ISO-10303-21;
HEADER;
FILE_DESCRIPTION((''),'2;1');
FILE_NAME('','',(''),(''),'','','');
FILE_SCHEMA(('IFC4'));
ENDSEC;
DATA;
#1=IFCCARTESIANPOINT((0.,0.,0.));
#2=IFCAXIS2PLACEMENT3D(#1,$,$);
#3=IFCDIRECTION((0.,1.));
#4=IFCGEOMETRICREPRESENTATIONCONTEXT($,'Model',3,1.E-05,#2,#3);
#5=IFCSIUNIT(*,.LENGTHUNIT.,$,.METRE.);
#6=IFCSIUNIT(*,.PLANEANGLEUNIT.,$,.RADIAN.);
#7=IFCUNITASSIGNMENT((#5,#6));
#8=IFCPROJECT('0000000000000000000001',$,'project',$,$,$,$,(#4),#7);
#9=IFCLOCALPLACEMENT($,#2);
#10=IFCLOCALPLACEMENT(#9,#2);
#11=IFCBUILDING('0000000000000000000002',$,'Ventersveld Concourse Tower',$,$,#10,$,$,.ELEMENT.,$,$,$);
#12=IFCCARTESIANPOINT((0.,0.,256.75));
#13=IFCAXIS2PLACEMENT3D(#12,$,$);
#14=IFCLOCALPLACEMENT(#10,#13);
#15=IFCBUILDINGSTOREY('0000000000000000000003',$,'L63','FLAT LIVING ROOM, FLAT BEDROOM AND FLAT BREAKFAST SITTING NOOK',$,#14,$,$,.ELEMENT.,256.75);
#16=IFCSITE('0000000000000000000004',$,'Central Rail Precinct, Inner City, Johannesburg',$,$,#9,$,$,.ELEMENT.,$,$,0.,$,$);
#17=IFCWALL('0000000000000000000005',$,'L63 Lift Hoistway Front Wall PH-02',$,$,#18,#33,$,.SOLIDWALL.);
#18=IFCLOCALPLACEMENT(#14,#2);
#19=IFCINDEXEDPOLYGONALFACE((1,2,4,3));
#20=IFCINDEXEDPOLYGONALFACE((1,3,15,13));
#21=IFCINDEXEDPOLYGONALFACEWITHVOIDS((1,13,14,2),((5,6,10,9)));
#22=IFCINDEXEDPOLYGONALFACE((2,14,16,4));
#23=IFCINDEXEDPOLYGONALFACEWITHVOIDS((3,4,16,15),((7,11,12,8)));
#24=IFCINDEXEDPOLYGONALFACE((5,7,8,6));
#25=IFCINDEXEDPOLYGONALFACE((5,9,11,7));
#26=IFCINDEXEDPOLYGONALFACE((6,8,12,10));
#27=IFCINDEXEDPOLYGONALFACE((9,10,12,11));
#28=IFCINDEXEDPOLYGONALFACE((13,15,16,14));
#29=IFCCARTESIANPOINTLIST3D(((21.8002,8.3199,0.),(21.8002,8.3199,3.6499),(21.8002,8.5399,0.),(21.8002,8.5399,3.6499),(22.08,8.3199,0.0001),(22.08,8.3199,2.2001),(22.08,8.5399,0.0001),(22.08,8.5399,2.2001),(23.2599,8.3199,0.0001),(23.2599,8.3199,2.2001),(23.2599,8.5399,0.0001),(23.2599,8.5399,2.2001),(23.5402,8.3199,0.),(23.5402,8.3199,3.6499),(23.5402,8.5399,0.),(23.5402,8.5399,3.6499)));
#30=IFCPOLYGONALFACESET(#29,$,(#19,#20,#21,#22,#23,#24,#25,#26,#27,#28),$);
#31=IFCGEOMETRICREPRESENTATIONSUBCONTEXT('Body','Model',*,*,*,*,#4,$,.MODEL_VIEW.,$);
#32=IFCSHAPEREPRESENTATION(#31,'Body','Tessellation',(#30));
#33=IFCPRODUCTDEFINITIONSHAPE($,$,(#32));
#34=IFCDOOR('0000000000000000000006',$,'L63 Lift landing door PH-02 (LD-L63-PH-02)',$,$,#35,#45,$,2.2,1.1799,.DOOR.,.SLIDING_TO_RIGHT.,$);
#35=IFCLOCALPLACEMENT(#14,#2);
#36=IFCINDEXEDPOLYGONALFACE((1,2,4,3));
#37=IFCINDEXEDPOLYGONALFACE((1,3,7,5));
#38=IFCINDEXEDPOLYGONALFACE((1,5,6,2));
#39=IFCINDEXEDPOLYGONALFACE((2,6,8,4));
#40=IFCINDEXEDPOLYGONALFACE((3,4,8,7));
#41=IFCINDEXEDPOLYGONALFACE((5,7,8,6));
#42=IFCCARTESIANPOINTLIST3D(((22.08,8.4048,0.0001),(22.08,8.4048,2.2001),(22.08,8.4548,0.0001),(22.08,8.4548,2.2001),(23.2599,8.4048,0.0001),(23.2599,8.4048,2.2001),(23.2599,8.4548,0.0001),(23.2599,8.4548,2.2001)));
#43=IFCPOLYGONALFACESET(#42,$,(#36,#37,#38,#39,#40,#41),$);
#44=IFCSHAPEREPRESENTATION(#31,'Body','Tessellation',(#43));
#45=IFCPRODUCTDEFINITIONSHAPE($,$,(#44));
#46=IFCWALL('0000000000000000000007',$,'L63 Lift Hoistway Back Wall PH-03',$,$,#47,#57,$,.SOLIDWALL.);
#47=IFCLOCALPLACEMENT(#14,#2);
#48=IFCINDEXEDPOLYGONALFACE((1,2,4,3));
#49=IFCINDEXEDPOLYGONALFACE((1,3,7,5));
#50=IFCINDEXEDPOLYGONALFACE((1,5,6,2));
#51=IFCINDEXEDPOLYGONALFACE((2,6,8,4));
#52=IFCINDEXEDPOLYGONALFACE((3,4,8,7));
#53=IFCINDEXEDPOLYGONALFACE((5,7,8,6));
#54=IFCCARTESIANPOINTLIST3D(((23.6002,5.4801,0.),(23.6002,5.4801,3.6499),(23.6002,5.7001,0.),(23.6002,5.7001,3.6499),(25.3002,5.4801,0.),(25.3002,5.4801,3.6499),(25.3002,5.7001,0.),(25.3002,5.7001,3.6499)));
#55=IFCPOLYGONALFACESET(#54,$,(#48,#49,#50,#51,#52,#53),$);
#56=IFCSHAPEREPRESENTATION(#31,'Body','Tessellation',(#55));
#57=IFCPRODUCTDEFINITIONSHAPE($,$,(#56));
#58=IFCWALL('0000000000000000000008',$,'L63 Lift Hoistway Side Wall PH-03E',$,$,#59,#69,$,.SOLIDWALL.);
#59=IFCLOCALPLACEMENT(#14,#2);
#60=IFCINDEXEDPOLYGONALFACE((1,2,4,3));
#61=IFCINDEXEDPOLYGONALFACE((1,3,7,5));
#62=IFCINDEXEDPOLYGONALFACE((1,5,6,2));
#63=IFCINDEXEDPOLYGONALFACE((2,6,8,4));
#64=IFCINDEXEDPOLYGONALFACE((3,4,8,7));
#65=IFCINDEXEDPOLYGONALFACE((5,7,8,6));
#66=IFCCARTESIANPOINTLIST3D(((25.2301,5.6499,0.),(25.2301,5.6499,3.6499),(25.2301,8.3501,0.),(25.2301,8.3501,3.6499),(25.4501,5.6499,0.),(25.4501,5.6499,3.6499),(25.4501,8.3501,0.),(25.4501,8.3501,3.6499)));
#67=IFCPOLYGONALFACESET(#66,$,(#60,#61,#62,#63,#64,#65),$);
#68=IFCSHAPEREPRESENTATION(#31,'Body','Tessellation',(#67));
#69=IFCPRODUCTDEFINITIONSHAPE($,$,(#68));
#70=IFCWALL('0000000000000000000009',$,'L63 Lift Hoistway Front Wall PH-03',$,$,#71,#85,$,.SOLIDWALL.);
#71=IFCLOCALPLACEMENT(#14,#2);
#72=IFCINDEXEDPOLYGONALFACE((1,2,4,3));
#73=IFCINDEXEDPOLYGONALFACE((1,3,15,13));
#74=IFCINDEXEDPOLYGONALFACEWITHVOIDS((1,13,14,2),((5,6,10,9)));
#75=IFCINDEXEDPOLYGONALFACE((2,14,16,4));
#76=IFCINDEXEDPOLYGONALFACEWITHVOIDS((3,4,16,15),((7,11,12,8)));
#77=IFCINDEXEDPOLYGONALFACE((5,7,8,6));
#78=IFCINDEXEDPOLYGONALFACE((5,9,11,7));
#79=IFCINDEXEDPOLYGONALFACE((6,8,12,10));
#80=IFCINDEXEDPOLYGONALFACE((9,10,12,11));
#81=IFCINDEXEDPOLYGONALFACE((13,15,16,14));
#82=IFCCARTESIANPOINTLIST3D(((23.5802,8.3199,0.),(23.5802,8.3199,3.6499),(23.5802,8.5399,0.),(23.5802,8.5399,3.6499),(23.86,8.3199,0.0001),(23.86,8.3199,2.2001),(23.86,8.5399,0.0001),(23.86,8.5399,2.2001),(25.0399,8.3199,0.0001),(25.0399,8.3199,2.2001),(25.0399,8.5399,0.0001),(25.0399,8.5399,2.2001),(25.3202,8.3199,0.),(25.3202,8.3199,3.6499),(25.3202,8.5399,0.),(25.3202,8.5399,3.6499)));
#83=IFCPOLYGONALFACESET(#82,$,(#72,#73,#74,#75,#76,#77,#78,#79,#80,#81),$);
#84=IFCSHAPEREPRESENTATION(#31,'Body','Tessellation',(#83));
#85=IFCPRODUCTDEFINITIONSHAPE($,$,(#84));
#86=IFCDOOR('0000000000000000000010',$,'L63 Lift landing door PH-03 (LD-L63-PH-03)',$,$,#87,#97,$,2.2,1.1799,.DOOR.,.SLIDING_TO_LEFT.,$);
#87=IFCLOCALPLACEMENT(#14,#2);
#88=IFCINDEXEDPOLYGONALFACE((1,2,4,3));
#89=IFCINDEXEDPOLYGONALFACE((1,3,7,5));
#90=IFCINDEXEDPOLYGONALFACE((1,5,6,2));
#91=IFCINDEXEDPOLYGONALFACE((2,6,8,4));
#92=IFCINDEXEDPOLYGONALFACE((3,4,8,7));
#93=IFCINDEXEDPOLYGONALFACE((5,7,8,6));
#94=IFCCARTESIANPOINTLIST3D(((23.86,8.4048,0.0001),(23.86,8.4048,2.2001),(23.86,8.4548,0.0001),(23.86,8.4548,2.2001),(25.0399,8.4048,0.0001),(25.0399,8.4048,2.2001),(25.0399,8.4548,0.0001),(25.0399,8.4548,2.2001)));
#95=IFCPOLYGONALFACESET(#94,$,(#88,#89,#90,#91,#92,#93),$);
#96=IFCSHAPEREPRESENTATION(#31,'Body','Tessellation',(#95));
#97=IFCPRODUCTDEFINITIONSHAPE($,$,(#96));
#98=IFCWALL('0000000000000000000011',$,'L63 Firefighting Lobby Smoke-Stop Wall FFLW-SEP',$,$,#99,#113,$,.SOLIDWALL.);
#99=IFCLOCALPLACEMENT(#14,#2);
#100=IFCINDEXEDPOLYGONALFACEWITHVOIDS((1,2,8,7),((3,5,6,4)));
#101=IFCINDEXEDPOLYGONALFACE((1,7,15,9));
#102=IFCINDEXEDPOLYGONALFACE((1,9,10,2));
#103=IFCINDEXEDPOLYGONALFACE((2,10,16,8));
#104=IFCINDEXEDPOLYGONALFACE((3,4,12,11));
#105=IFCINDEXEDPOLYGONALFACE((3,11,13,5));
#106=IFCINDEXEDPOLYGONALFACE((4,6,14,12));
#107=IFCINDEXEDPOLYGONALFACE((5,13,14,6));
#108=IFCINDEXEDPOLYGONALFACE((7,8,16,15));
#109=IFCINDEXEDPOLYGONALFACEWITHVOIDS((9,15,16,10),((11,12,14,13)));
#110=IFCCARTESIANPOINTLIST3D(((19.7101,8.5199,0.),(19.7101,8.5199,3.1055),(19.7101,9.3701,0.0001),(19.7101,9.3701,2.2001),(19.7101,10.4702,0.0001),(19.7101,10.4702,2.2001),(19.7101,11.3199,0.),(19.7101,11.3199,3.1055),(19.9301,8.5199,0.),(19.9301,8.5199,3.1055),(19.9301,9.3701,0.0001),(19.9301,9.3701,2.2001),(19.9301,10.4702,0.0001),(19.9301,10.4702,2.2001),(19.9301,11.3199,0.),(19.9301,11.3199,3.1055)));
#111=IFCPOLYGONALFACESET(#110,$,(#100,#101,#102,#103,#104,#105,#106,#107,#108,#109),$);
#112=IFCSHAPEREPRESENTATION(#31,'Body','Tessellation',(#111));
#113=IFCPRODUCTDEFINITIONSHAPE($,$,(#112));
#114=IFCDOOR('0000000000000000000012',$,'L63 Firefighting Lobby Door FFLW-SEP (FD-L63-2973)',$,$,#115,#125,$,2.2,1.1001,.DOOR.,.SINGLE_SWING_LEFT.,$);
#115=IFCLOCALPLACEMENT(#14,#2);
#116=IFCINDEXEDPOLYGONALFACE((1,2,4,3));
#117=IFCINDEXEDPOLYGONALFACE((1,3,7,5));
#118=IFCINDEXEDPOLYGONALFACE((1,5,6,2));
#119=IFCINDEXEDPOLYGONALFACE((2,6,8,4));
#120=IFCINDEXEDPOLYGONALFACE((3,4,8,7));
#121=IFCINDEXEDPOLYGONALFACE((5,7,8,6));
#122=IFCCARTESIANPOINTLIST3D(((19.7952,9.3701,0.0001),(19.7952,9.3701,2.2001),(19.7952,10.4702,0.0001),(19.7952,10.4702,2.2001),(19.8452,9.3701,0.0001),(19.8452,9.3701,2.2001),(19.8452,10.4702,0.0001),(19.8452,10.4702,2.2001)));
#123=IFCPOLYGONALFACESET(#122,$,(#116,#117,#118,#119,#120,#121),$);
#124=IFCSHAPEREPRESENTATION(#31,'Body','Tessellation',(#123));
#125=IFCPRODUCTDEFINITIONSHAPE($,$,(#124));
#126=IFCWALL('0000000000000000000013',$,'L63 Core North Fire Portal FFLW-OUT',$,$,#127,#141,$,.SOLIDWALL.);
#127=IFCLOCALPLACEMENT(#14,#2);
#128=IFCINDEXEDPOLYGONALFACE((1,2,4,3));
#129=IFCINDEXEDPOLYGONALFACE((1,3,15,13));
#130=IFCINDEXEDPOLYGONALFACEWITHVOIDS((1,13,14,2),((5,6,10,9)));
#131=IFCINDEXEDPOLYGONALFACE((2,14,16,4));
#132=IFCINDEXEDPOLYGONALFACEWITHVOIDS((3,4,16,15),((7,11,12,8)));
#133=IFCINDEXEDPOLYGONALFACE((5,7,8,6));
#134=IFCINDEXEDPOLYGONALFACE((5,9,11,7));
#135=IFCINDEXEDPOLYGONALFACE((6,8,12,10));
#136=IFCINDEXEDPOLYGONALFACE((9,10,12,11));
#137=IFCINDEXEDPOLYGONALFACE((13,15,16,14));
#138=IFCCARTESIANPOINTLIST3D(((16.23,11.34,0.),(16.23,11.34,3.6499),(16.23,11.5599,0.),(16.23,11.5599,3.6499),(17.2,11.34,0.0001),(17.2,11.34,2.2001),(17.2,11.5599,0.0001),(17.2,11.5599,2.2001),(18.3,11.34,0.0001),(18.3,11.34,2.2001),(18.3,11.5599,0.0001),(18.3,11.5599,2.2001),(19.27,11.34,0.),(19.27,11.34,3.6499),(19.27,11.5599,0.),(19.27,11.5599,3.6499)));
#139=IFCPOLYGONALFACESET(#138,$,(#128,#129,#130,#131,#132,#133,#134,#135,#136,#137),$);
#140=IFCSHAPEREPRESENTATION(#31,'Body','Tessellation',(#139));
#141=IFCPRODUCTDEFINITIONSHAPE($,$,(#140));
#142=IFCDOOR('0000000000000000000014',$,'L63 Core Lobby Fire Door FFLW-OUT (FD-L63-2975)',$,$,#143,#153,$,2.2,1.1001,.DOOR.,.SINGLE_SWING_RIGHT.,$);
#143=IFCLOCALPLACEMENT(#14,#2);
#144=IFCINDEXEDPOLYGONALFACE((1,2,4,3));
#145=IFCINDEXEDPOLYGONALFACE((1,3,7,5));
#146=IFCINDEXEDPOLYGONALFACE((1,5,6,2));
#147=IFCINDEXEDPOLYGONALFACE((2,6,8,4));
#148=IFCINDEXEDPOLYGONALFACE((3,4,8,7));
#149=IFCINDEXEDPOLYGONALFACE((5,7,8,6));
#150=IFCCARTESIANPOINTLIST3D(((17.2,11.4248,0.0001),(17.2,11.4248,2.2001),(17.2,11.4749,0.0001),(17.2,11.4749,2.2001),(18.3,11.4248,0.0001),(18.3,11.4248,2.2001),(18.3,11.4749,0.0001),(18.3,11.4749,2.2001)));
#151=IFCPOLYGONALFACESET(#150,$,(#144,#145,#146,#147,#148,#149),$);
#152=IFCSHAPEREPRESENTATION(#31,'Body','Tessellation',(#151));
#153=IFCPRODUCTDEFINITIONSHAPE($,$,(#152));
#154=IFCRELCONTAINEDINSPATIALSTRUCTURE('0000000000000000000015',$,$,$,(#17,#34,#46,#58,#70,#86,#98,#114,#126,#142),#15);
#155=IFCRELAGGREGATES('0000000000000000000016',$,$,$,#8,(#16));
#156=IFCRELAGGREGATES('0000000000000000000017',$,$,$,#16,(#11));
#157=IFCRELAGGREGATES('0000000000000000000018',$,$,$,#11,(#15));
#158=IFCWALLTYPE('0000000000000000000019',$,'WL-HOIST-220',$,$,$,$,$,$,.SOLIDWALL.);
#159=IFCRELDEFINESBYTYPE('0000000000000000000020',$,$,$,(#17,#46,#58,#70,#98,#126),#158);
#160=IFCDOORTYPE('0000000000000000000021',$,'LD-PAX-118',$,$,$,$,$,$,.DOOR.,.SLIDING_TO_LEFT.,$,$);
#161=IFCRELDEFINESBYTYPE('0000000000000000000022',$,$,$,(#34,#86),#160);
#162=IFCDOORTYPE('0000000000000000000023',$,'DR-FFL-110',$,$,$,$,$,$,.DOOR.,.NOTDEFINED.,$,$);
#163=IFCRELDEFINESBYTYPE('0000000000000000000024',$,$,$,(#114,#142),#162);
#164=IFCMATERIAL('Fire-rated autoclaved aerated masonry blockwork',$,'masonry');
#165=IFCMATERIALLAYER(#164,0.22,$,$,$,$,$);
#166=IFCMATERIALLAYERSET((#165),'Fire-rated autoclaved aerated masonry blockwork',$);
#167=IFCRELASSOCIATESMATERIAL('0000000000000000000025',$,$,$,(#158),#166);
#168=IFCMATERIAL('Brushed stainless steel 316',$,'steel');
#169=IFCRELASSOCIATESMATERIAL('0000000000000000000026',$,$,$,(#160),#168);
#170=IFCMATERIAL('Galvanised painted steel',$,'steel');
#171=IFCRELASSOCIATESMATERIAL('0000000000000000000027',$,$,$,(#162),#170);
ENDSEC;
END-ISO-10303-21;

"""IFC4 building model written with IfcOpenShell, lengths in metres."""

from ifc_helpers import new_model, si_unit, direction, frame, frame_2d, origin, place, context, subcontext, project, spatial, rectangle, extrude, material, layer, layer_set, type_object, element, fill, save


model = new_model("IFC4")

# Units and contexts
model_context = context("Model", 3, precision=1e-05, world=origin(), true_north=direction((0.0, 1.0)))
body_context = subcontext(model_context, "Body", "Model", "MODEL_VIEW")
ifc_project = project(units=[si_unit("LENGTHUNIT", "METRE"), si_unit("PLANEANGLEUNIT", "RADIAN")], contexts=[model_context])

# Site, building, storey
site_placement = place(None, origin())
site = spatial("IfcSite", under=ifc_project, at=site_placement, Name="Central Rail Precinct, Inner City, Johannesburg", CompositionType="ELEMENT", RefElevation=0.0)
building_placement = place(site_placement, origin())
building = spatial("IfcBuilding", under=site, at=building_placement, Name="Ventersveld Concourse Tower", CompositionType="ELEMENT")
storey_placement = place(building_placement, frame((0.0, 0.0, 256.75)))
storey = spatial("IfcBuildingStorey", under=building, at=storey_placement, Name="L63", Description="FLAT LIVING ROOM, FLAT BEDROOM AND FLAT BREAKFAST SITTING NOOK", CompositionType="ELEMENT", Elevation=256.75)

# Shared definitions
ifc_material_1 = material(Name="Fire-rated autoclaved aerated masonry blockwork", Category="masonry")

# Shared definitions
ifc_layer_1 = layer(ifc_material_1, 0.22)
ifc_layer_set_1 = layer_set([ifc_layer_1], Name="Fire-rated autoclaved aerated masonry blockwork")
wall_type_1 = type_object("IfcWallType", Name="WL-HOIST-220", PredefinedType="SOLIDWALL", material=ifc_layer_set_1)
ifc_material_2 = material(Name="Brushed stainless steel 316", Category="steel")

# Shared definitions
door_type_1 = type_object("IfcDoorType", Name="LD-PAX-118", OperationType="SLIDING_TO_LEFT", PredefinedType="DOOR", material=ifc_material_2)

# Wall, opening, door
wall_1_placement = place(storey_placement, frame((21.8, 8.4299, 0.0), z_axis=(0.0, 0.0, 1.0), x_axis=(1.0, 0.0, 0.0)))
wall_1 = element("IfcWall", 1, at=wall_1_placement, inside=storey, type_object=wall_type_1, Name="L63 Lift Hoistway Front Wall PH-02", PredefinedType="SOLIDWALL", context=body_context, shape_type="SweptSolid", body=[
    extrude(rectangle(XDim=1.74, YDim=0.22, at=frame_2d((0.8701, 0.0))), origin(), (0.0, 0.0, 1.0), 3.6499),
])
opening_1_placement = place(wall_1_placement, frame((0.28, 0.0, 0.0)))
opening_1 = element("IfcOpeningElement", 2, at=opening_1_placement, cuts=wall_1, PredefinedType="OPENING", context=body_context, shape_type="SweptSolid", body=[
    extrude(rectangle(XDim=1.1799, YDim=2.2, at=frame_2d((0.5898, 1.1001))), frame((0.0, 0.1201, 0.0), z_axis=(0.0, -1.0, 0.0), x_axis=(1.0, 0.0, 0.0)), (0.0, 0.0, 1.0), 0.24),
])
door_1_placement = place(opening_1_placement, origin())
door_1 = element("IfcDoor", 3, at=door_1_placement, inside=storey, type_object=door_type_1, Name="L63 Lift landing door PH-02 (LD-L63-PH-02)", OperationType="SLIDING_TO_RIGHT", OverallHeight=2.2, OverallWidth=1.1799, PredefinedType="DOOR", context=body_context, shape_type="SweptSolid", body=[
    extrude(rectangle(XDim=1.1799, YDim=2.2, at=frame_2d((0.5898, 1.1001))), frame((0.0, 0.0249, 0.0), z_axis=(0.0, -1.0, 0.0), x_axis=(1.0, 0.0, 0.0)), (0.0, 0.0, 1.0), 0.05),
])
fill(opening_1, door_1)

# Walls
wall_2_placement = place(storey_placement, frame((23.6001, 5.5901, 0.0), z_axis=(0.0, 0.0, 1.0), x_axis=(1.0, 0.0, 0.0)))
element("IfcWall", 4, at=wall_2_placement, inside=storey, type_object=wall_type_1, Name="L63 Lift Hoistway Back Wall PH-03", PredefinedType="SOLIDWALL", context=body_context, shape_type="SweptSolid", body=[
    extrude(rectangle(XDim=1.7, YDim=0.22, at=frame_2d((0.8501, 0.0))), origin(), (0.0, 0.0, 1.0), 3.6499),
])
wall_3_placement = place(storey_placement, frame((25.3401, 5.6499, 0.0), z_axis=(0.0, 0.0, 1.0), x_axis=(0.0, 1.0, 0.0)))
element("IfcWall", 5, at=wall_3_placement, inside=storey, type_object=wall_type_1, Name="L63 Lift Hoistway Side Wall PH-03E", PredefinedType="SOLIDWALL", context=body_context, shape_type="SweptSolid", body=[
    extrude(rectangle(XDim=2.7002, YDim=0.22, at=frame_2d((1.3501, 0.0))), origin(), (0.0, 0.0, 1.0), 3.6499),
])

# Walls, openings, doors
wall_4_placement = place(storey_placement, frame((23.5801, 8.4299, 0.0), z_axis=(0.0, 0.0, 1.0), x_axis=(1.0, 0.0, 0.0)))
wall_4 = element("IfcWall", 6, at=wall_4_placement, inside=storey, type_object=wall_type_1, Name="L63 Lift Hoistway Front Wall PH-03", PredefinedType="SOLIDWALL", context=body_context, shape_type="SweptSolid", body=[
    extrude(rectangle(XDim=1.74, YDim=0.22, at=frame_2d((0.8701, 0.0))), origin(), (0.0, 0.0, 1.0), 3.6499),
])
opening_2_placement = place(wall_4_placement, frame((0.28, 0.0, 0.0)))
opening_2 = element("IfcOpeningElement", 7, at=opening_2_placement, cuts=wall_4, PredefinedType="OPENING", context=body_context, shape_type="SweptSolid", body=[
    extrude(rectangle(XDim=1.1799, YDim=2.2, at=frame_2d((0.5898, 1.1001))), frame((0.0, 0.1201, 0.0), z_axis=(0.0, -1.0, 0.0), x_axis=(1.0, 0.0, 0.0)), (0.0, 0.0, 1.0), 0.24),
])
door_2_placement = place(opening_2_placement, origin())
door_2 = element("IfcDoor", 8, at=door_2_placement, inside=storey, type_object=door_type_1, Name="L63 Lift landing door PH-03 (LD-L63-PH-03)", OperationType="SLIDING_TO_LEFT", OverallHeight=2.2, OverallWidth=1.1799, PredefinedType="DOOR", context=body_context, shape_type="SweptSolid", body=[
    extrude(rectangle(XDim=1.1799, YDim=2.2, at=frame_2d((0.5898, 1.1001))), frame((0.0, 0.0249, 0.0), z_axis=(0.0, -1.0, 0.0), x_axis=(1.0, 0.0, 0.0)), (0.0, 0.0, 1.0), 0.05),
])
fill(opening_2, door_2)
wall_5_placement = place(storey_placement, frame((19.8201, 8.52, 0.0), z_axis=(0.0, 0.0, 1.0), x_axis=(0.0, 1.0, 0.0)))
wall_5 = element("IfcWall", 9, at=wall_5_placement, inside=storey, type_object=wall_type_1, Name="L63 Firefighting Lobby Smoke-Stop Wall FFLW-SEP", PredefinedType="SOLIDWALL", context=body_context, shape_type="SweptSolid", body=[
    extrude(rectangle(XDim=2.8, YDim=0.22, at=frame_2d((1.3999, 0.0))), origin(), (0.0, 0.0, 1.0), 3.1055),
])
opening_3_placement = place(wall_5_placement, frame((0.8501, 0.0, 0.0)))
opening_3 = element("IfcOpeningElement", 10, at=opening_3_placement, cuts=wall_5, PredefinedType="OPENING", context=body_context, shape_type="SweptSolid", body=[
    extrude(rectangle(XDim=1.1001, YDim=2.2, at=frame_2d((0.55, 1.1001))), frame((0.0, 0.1201, 0.0), z_axis=(0.0, -1.0, 0.0), x_axis=(1.0, 0.0, 0.0)), (0.0, 0.0, 1.0), 0.24),
])
ifc_material_3 = material(Name="Galvanised painted steel", Category="steel")
door_type_2 = type_object("IfcDoorType", Name="DR-FFL-110", OperationType="NOTDEFINED", PredefinedType="DOOR", material=ifc_material_3)
door_3_placement = place(opening_3_placement, origin())
door_3 = element("IfcDoor", 11, at=door_3_placement, inside=storey, type_object=door_type_2, Name="L63 Firefighting Lobby Door FFLW-SEP (FD-L63-2973)", OperationType="SINGLE_SWING_LEFT", OverallHeight=2.2, OverallWidth=1.1001, PredefinedType="DOOR", context=body_context, shape_type="SweptSolid", body=[
    extrude(rectangle(XDim=1.1001, YDim=2.2, at=frame_2d((0.55, 1.1001))), frame((0.0, 0.0249, 0.0), z_axis=(0.0, -1.0, 0.0), x_axis=(1.0, 0.0, 0.0)), (0.0, 0.0, 1.0), 0.05),
])
fill(opening_3, door_3)
wall_6_placement = place(storey_placement, frame((16.23, 11.45, 0.0), z_axis=(0.0, 0.0, 1.0), x_axis=(1.0, 0.0, 0.0)))
wall_6 = element("IfcWall", 12, at=wall_6_placement, inside=storey, type_object=wall_type_1, Name="L63 Core North Fire Portal FFLW-OUT", PredefinedType="SOLIDWALL", context=body_context, shape_type="SweptSolid", body=[
    extrude(rectangle(XDim=3.04, YDim=0.22, at=frame_2d((1.52, 0.0))), origin(), (0.0, 0.0, 1.0), 3.6499),
])
opening_4_placement = place(wall_6_placement, frame((0.97, 0.0, 0.0)))
opening_4 = element("IfcOpeningElement", 13, at=opening_4_placement, cuts=wall_6, PredefinedType="OPENING", context=body_context, shape_type="SweptSolid", body=[
    extrude(rectangle(XDim=1.1001, YDim=2.2, at=frame_2d((0.55, 1.1001))), frame((0.0, 0.1201, 0.0), z_axis=(0.0, -1.0, 0.0), x_axis=(1.0, 0.0, 0.0)), (0.0, 0.0, 1.0), 0.24),
])
door_4_placement = place(opening_4_placement, origin())
door_4 = element("IfcDoor", 14, at=door_4_placement, inside=storey, type_object=door_type_2, Name="L63 Core Lobby Fire Door FFLW-OUT (FD-L63-2975)", OperationType="SINGLE_SWING_RIGHT", OverallHeight=2.2, OverallWidth=1.1001, PredefinedType="DOOR", context=body_context, shape_type="SweptSolid", body=[
    extrude(rectangle(XDim=1.1001, YDim=2.2, at=frame_2d((0.55, 1.1001))), frame((0.0, 0.0249, 0.0), z_axis=(0.0, -1.0, 0.0), x_axis=(1.0, 0.0, 0.0)), (0.0, 0.0, 1.0), 0.05),
])
fill(opening_4, door_4)

save(model, "model.ifc")
